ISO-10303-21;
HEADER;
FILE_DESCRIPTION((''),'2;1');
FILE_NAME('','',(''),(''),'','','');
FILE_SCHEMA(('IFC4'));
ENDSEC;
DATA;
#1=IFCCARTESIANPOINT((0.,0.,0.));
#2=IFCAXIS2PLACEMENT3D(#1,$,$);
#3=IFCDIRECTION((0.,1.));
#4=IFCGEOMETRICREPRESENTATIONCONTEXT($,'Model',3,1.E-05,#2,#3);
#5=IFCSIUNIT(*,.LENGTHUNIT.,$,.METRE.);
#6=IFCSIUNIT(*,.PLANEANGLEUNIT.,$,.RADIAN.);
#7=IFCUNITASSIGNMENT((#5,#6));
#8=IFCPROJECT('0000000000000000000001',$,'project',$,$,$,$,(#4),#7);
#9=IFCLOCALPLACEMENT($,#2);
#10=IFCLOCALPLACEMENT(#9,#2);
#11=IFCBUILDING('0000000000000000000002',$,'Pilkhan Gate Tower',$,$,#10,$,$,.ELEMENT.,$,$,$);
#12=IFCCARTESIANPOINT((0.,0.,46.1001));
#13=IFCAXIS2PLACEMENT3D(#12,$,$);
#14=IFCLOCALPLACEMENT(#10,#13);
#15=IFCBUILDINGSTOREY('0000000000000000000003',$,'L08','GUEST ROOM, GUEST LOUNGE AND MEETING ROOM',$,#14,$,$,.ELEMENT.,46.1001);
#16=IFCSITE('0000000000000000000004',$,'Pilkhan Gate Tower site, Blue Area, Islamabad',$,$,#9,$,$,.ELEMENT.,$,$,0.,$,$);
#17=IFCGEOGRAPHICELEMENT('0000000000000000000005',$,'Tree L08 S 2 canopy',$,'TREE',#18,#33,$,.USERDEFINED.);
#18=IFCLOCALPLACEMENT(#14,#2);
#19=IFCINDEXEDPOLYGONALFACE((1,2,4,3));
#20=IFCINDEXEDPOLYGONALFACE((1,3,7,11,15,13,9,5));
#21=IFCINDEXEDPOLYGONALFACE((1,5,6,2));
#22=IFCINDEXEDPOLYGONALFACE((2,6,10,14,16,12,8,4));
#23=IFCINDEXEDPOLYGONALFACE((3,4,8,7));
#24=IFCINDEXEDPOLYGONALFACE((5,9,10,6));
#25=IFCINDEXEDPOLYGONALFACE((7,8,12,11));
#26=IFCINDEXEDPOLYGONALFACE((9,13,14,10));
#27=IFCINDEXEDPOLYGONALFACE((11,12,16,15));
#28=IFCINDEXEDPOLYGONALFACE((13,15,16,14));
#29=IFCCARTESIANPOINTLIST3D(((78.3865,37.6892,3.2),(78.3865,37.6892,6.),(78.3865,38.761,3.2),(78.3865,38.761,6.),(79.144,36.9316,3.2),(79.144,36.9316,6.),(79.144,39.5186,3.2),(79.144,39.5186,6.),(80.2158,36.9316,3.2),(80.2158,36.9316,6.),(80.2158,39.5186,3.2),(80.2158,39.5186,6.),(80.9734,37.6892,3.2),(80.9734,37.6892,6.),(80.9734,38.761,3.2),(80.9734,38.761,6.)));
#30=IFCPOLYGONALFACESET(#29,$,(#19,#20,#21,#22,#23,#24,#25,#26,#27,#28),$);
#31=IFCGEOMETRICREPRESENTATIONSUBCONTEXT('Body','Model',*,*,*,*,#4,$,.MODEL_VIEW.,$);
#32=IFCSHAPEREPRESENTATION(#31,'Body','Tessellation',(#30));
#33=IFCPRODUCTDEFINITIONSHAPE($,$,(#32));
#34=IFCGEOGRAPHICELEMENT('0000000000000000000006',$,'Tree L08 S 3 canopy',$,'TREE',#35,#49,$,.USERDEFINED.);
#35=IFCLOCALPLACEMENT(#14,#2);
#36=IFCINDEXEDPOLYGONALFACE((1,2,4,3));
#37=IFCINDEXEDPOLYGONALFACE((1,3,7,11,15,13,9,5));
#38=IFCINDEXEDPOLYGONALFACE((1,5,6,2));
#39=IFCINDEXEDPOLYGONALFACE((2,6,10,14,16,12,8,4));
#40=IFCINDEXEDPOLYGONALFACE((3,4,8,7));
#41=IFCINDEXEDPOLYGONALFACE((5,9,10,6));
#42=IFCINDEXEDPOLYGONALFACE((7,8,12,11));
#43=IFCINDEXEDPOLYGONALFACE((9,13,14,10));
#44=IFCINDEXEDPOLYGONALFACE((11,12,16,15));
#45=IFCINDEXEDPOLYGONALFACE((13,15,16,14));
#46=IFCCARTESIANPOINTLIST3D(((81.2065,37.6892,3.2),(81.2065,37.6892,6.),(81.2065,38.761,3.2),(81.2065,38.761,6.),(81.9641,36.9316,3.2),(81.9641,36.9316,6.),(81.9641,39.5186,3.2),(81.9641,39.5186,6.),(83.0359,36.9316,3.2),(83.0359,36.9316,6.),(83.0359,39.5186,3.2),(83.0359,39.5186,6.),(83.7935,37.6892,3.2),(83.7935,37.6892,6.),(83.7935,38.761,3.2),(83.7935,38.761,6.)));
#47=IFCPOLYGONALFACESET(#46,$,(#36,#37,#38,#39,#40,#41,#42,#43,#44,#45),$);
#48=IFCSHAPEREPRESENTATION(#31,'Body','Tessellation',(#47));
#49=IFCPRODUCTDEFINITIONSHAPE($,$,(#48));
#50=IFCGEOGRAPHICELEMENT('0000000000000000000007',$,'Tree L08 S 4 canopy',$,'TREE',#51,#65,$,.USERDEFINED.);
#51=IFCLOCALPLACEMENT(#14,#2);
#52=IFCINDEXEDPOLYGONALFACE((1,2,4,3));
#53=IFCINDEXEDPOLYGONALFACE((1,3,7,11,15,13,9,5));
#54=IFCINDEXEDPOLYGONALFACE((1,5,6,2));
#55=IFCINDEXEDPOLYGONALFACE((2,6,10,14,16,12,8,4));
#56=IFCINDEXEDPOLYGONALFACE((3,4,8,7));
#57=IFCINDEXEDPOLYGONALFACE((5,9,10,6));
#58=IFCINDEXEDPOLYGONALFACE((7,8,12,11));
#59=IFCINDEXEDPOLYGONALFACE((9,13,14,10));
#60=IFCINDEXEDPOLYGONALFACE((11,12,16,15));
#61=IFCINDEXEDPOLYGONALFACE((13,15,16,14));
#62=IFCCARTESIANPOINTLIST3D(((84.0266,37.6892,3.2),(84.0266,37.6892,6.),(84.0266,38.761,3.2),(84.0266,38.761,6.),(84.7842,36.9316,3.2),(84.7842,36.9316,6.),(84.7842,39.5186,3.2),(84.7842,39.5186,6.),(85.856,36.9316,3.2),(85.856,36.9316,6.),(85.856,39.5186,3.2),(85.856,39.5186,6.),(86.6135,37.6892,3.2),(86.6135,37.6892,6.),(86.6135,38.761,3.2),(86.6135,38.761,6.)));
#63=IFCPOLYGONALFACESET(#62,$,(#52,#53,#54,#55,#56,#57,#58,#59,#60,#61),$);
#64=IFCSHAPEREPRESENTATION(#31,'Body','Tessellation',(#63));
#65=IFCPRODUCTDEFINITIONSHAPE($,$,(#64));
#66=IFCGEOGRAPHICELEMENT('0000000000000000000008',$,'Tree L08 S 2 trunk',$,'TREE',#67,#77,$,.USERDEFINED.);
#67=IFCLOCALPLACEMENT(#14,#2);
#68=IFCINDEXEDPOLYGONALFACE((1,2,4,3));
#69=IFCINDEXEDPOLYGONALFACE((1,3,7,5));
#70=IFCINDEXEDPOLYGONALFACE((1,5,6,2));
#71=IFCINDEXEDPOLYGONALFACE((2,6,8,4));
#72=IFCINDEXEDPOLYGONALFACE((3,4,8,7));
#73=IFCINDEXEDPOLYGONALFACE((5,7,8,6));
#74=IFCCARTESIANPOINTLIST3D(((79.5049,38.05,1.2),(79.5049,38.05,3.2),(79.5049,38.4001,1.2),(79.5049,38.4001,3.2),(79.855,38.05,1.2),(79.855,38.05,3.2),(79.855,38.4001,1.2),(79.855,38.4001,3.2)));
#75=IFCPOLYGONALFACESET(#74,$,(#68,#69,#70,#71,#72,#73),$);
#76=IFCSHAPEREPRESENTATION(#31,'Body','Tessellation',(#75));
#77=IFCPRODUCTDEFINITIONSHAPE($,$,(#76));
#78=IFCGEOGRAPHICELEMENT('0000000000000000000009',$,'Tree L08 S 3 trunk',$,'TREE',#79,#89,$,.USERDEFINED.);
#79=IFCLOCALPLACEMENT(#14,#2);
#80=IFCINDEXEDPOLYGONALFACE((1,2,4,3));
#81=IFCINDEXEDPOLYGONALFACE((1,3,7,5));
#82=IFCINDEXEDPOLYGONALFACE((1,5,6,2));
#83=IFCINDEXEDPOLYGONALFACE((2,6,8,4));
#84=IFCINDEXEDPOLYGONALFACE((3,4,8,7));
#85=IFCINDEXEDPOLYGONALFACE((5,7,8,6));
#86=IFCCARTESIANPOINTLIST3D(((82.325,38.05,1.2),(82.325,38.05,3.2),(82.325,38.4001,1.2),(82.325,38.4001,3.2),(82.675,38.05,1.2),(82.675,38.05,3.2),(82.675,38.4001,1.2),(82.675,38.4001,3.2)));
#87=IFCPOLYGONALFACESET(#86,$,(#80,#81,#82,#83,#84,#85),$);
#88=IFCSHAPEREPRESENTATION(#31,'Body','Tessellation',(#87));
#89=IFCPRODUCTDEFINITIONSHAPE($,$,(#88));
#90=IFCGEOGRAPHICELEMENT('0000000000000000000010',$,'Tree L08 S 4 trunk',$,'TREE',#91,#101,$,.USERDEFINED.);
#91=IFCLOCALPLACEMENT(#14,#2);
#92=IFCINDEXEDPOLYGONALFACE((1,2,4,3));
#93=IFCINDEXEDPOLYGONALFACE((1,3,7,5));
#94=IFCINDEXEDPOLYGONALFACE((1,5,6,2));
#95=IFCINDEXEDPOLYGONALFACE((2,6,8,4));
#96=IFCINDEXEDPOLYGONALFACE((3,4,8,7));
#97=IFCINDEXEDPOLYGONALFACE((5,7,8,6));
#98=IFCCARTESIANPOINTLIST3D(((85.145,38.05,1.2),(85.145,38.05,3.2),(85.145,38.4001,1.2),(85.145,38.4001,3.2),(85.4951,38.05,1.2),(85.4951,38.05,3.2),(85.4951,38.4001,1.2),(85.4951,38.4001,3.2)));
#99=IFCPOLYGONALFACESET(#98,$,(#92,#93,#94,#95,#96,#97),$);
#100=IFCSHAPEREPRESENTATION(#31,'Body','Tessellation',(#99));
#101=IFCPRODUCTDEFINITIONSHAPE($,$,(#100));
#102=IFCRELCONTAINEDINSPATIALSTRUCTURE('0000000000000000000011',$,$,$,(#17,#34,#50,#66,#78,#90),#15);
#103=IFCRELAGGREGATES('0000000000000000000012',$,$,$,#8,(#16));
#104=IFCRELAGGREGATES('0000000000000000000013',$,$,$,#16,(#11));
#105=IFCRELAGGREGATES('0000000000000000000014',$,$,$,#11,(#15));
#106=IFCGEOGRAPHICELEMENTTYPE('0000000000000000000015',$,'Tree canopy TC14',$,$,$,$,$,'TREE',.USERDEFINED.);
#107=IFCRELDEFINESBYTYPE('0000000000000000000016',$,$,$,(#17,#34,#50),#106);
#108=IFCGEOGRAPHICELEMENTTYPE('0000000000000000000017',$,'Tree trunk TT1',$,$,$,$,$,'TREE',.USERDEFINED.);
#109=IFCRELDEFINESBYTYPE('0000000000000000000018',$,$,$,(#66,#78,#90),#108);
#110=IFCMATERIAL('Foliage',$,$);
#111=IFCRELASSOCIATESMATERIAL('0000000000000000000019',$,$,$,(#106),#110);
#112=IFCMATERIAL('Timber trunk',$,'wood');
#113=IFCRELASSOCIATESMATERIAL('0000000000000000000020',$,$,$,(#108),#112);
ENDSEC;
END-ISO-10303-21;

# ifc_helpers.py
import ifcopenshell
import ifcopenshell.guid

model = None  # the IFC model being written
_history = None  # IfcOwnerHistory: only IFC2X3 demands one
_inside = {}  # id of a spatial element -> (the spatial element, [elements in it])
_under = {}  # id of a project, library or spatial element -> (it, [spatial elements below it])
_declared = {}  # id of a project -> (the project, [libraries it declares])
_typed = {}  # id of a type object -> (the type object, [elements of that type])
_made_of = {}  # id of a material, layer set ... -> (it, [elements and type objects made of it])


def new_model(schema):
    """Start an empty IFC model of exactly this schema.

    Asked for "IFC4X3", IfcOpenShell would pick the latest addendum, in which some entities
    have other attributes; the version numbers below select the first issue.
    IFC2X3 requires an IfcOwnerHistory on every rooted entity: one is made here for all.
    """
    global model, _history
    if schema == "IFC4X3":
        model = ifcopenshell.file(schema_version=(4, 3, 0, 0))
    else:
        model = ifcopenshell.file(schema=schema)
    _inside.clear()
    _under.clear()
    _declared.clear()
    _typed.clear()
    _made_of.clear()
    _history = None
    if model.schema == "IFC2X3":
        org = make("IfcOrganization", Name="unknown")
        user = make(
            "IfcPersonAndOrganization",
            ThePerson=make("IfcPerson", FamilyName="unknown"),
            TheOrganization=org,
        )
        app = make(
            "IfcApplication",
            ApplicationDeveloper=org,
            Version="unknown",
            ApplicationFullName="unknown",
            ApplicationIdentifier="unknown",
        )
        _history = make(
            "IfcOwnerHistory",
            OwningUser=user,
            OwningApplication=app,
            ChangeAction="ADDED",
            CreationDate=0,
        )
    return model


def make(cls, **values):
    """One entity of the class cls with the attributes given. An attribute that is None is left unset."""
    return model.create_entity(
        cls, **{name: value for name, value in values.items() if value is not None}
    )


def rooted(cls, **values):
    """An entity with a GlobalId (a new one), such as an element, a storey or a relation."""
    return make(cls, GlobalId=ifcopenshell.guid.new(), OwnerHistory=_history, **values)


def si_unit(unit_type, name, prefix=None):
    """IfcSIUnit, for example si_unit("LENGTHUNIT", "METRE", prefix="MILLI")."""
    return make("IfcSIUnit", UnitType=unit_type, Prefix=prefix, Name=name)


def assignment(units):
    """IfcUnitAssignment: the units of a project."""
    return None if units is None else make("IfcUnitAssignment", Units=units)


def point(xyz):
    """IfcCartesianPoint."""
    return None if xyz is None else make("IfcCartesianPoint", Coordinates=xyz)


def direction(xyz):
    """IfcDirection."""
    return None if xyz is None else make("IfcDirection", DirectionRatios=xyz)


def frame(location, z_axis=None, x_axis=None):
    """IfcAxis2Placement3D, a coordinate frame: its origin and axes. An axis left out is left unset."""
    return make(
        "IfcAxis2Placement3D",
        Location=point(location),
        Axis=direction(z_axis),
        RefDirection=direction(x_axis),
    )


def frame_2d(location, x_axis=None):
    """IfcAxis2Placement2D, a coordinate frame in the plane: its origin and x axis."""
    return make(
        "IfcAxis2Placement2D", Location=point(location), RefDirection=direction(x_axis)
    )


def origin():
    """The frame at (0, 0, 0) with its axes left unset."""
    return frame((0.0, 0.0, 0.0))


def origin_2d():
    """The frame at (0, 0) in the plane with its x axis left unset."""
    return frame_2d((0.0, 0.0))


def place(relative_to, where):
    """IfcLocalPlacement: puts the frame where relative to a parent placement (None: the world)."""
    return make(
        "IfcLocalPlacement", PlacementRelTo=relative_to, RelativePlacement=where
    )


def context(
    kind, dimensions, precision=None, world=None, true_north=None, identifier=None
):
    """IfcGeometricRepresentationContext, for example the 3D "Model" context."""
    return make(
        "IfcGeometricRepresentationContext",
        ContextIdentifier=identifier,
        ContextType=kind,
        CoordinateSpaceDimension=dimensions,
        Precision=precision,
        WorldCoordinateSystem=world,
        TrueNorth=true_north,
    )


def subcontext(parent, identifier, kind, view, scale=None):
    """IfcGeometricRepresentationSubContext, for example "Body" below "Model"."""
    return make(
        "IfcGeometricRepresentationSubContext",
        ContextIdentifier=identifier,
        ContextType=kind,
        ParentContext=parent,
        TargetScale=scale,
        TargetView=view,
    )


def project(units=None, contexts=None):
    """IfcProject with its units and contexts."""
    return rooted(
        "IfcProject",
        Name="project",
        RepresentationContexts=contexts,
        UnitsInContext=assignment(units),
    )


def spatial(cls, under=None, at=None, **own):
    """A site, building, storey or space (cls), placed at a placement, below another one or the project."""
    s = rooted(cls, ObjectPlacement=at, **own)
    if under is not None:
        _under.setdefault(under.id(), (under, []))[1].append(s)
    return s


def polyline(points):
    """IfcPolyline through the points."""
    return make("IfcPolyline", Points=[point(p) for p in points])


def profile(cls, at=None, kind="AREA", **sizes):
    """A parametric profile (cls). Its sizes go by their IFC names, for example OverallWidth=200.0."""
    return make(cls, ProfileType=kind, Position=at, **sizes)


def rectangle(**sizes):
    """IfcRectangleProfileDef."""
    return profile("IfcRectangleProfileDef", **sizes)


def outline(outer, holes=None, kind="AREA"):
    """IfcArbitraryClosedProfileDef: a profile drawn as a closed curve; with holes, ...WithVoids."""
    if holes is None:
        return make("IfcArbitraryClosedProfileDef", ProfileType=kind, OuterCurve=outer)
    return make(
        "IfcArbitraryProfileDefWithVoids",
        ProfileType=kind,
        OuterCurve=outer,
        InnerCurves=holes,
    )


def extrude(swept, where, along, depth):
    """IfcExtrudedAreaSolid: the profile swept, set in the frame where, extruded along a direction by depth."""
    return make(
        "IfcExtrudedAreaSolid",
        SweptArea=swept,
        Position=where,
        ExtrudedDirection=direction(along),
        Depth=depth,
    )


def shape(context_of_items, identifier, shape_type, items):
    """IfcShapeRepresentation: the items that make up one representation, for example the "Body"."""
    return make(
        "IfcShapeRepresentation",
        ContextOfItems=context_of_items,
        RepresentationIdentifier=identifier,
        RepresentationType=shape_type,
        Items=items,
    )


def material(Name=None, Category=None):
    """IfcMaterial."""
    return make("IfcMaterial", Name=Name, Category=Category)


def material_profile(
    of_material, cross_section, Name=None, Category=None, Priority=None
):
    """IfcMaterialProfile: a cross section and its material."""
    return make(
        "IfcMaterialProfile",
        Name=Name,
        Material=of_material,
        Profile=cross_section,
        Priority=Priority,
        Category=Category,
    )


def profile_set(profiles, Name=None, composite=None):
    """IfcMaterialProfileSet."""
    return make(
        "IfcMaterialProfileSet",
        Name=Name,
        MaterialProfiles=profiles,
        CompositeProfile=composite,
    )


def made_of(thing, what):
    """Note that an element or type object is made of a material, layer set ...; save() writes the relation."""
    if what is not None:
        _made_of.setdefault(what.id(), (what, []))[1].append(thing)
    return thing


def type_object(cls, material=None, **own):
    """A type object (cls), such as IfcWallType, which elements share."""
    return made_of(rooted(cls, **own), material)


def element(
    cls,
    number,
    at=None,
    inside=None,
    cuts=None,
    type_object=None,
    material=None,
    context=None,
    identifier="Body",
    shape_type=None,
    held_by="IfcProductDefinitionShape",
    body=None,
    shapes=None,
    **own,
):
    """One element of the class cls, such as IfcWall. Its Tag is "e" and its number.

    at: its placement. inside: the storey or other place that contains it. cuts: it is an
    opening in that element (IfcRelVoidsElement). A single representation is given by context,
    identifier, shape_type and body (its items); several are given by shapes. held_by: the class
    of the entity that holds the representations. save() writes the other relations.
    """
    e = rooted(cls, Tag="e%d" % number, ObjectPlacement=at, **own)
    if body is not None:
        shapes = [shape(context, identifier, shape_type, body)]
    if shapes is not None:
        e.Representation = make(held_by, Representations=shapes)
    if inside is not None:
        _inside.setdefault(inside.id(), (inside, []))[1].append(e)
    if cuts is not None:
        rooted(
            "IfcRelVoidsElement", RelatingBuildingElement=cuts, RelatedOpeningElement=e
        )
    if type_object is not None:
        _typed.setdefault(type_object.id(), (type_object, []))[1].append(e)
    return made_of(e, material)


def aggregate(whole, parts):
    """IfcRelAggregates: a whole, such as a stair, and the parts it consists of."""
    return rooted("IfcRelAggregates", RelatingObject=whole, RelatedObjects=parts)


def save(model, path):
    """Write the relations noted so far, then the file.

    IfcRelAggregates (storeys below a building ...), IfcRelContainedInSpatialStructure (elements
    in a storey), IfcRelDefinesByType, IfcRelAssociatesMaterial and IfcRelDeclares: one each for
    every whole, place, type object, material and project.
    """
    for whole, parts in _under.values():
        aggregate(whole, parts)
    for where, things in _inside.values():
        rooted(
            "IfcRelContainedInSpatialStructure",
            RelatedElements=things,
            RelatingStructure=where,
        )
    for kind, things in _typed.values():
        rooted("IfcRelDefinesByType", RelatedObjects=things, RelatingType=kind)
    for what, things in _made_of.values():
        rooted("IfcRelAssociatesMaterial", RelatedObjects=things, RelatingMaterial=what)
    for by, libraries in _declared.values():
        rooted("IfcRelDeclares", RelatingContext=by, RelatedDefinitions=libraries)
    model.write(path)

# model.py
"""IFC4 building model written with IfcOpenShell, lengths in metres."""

from ifc_helpers import new_model, si_unit, direction, frame, origin, origin_2d, place, context, subcontext, project, spatial, polyline, rectangle, outline, extrude, material, material_profile, profile_set, type_object, element, save


model = new_model("IFC4")

# Units and contexts
model_context = context("Model", 3, precision=1e-05, world=origin(), true_north=direction((0.0, 1.0)))
body_context = subcontext(model_context, "Body", "Model", "MODEL_VIEW")
ifc_project = project(units=[si_unit("LENGTHUNIT", "METRE"), si_unit("PLANEANGLEUNIT", "RADIAN")], contexts=[model_context])

# Site, building, storey
site_placement = place(None, origin())
site = spatial("IfcSite", under=ifc_project, at=site_placement, Name="Pilkhan Gate Tower site, Blue Area, Islamabad", CompositionType="ELEMENT", RefElevation=0.0)
building_placement = place(site_placement, origin())
building = spatial("IfcBuilding", under=site, at=building_placement, Name="Pilkhan Gate Tower", CompositionType="ELEMENT")
storey_placement = place(building_placement, frame((0.0, 0.0, 46.1001)))
storey = spatial("IfcBuildingStorey", under=building, at=storey_placement, Name="L08", Description="GUEST ROOM, GUEST LOUNGE AND MEETING ROOM", CompositionType="ELEMENT", Elevation=46.1001)

# Geographic elements
ifc_material_1 = material(Name="Foliage")
ifc_material_profile_1 = material_profile(ifc_material_1, outline(polyline([(1.2935, 0.5359), (0.5359, 1.2935), (-0.5359, 1.2935), (-1.2935, 0.5359), (-1.2935, -0.5359), (-0.5359, -1.2935), (0.5359, -1.2935), (1.2935, -0.5359), (1.2935, 0.5359)])), Name="Canopy D2.8")
ifc_profile_set_1 = profile_set([ifc_material_profile_1], Name="Foliage")
geographic_element_type_1 = type_object("IfcGeographicElementType", Name="Tree canopy TC14", ElementType="TREE", PredefinedType="USERDEFINED", material=ifc_profile_set_1)
for number, where, z_axis, x_axis, name in (
    (1, (79.6799, 38.2251, 3.2), (0.0, 0.0, 1.0), (1.0, 0.0, 0.0), "Tree L08 S 2 canopy"),
    (2, (82.5, 38.2251, 3.2), (0.0, 0.0, 1.0), (1.0, 0.0, 0.0), "Tree L08 S 3 canopy"),
    (3, (85.3201, 38.2251, 3.2), (0.0, 0.0, 1.0), (1.0, 0.0, 0.0), "Tree L08 S 4 canopy"),
):
    element("IfcGeographicElement", number, at=place(storey_placement, frame(where, z_axis=z_axis, x_axis=x_axis)), inside=storey, type_object=geographic_element_type_1, Name=name, ObjectType="TREE", PredefinedType="USERDEFINED", context=body_context, shape_type="SweptSolid", body=[
        extrude(outline(polyline([(1.2935, 0.5359), (0.5359, 1.2935), (-0.5359, 1.2935), (-1.2935, 0.5359), (-1.2935, -0.5359), (-0.5359, -1.2935), (0.5359, -1.2935), (1.2935, -0.5359), (1.2935, 0.5359)])), origin(), (0.0, 0.0, 1.0), 2.8),
    ])
ifc_material_2 = material(Name="Timber trunk", Category="wood")
geographic_element_type_2 = type_object("IfcGeographicElementType", Name="Tree trunk TT1", ElementType="TREE", PredefinedType="USERDEFINED", material=ifc_material_2)
for number, where, z_axis, x_axis, name in (
    (4, (79.6799, 38.2251, 1.2), (0.0, 0.0, 1.0), (1.0, 0.0, 0.0), "Tree L08 S 2 trunk"),
    (5, (82.5, 38.2251, 1.2), (0.0, 0.0, 1.0), (1.0, 0.0, 0.0), "Tree L08 S 3 trunk"),
    (6, (85.3201, 38.2251, 1.2), (0.0, 0.0, 1.0), (1.0, 0.0, 0.0), "Tree L08 S 4 trunk"),
):
    element("IfcGeographicElement", number, at=place(storey_placement, frame(where, z_axis=z_axis, x_axis=x_axis)), inside=storey, type_object=geographic_element_type_2, Name=name, ObjectType="TREE", PredefinedType="USERDEFINED", context=body_context, shape_type="SweptSolid", body=[
        extrude(rectangle(XDim=0.3501, YDim=0.3501, at=origin_2d()), origin(), (0.0, 0.0, 1.0), 2.0),
    ])

save(model, "model.ifc")
